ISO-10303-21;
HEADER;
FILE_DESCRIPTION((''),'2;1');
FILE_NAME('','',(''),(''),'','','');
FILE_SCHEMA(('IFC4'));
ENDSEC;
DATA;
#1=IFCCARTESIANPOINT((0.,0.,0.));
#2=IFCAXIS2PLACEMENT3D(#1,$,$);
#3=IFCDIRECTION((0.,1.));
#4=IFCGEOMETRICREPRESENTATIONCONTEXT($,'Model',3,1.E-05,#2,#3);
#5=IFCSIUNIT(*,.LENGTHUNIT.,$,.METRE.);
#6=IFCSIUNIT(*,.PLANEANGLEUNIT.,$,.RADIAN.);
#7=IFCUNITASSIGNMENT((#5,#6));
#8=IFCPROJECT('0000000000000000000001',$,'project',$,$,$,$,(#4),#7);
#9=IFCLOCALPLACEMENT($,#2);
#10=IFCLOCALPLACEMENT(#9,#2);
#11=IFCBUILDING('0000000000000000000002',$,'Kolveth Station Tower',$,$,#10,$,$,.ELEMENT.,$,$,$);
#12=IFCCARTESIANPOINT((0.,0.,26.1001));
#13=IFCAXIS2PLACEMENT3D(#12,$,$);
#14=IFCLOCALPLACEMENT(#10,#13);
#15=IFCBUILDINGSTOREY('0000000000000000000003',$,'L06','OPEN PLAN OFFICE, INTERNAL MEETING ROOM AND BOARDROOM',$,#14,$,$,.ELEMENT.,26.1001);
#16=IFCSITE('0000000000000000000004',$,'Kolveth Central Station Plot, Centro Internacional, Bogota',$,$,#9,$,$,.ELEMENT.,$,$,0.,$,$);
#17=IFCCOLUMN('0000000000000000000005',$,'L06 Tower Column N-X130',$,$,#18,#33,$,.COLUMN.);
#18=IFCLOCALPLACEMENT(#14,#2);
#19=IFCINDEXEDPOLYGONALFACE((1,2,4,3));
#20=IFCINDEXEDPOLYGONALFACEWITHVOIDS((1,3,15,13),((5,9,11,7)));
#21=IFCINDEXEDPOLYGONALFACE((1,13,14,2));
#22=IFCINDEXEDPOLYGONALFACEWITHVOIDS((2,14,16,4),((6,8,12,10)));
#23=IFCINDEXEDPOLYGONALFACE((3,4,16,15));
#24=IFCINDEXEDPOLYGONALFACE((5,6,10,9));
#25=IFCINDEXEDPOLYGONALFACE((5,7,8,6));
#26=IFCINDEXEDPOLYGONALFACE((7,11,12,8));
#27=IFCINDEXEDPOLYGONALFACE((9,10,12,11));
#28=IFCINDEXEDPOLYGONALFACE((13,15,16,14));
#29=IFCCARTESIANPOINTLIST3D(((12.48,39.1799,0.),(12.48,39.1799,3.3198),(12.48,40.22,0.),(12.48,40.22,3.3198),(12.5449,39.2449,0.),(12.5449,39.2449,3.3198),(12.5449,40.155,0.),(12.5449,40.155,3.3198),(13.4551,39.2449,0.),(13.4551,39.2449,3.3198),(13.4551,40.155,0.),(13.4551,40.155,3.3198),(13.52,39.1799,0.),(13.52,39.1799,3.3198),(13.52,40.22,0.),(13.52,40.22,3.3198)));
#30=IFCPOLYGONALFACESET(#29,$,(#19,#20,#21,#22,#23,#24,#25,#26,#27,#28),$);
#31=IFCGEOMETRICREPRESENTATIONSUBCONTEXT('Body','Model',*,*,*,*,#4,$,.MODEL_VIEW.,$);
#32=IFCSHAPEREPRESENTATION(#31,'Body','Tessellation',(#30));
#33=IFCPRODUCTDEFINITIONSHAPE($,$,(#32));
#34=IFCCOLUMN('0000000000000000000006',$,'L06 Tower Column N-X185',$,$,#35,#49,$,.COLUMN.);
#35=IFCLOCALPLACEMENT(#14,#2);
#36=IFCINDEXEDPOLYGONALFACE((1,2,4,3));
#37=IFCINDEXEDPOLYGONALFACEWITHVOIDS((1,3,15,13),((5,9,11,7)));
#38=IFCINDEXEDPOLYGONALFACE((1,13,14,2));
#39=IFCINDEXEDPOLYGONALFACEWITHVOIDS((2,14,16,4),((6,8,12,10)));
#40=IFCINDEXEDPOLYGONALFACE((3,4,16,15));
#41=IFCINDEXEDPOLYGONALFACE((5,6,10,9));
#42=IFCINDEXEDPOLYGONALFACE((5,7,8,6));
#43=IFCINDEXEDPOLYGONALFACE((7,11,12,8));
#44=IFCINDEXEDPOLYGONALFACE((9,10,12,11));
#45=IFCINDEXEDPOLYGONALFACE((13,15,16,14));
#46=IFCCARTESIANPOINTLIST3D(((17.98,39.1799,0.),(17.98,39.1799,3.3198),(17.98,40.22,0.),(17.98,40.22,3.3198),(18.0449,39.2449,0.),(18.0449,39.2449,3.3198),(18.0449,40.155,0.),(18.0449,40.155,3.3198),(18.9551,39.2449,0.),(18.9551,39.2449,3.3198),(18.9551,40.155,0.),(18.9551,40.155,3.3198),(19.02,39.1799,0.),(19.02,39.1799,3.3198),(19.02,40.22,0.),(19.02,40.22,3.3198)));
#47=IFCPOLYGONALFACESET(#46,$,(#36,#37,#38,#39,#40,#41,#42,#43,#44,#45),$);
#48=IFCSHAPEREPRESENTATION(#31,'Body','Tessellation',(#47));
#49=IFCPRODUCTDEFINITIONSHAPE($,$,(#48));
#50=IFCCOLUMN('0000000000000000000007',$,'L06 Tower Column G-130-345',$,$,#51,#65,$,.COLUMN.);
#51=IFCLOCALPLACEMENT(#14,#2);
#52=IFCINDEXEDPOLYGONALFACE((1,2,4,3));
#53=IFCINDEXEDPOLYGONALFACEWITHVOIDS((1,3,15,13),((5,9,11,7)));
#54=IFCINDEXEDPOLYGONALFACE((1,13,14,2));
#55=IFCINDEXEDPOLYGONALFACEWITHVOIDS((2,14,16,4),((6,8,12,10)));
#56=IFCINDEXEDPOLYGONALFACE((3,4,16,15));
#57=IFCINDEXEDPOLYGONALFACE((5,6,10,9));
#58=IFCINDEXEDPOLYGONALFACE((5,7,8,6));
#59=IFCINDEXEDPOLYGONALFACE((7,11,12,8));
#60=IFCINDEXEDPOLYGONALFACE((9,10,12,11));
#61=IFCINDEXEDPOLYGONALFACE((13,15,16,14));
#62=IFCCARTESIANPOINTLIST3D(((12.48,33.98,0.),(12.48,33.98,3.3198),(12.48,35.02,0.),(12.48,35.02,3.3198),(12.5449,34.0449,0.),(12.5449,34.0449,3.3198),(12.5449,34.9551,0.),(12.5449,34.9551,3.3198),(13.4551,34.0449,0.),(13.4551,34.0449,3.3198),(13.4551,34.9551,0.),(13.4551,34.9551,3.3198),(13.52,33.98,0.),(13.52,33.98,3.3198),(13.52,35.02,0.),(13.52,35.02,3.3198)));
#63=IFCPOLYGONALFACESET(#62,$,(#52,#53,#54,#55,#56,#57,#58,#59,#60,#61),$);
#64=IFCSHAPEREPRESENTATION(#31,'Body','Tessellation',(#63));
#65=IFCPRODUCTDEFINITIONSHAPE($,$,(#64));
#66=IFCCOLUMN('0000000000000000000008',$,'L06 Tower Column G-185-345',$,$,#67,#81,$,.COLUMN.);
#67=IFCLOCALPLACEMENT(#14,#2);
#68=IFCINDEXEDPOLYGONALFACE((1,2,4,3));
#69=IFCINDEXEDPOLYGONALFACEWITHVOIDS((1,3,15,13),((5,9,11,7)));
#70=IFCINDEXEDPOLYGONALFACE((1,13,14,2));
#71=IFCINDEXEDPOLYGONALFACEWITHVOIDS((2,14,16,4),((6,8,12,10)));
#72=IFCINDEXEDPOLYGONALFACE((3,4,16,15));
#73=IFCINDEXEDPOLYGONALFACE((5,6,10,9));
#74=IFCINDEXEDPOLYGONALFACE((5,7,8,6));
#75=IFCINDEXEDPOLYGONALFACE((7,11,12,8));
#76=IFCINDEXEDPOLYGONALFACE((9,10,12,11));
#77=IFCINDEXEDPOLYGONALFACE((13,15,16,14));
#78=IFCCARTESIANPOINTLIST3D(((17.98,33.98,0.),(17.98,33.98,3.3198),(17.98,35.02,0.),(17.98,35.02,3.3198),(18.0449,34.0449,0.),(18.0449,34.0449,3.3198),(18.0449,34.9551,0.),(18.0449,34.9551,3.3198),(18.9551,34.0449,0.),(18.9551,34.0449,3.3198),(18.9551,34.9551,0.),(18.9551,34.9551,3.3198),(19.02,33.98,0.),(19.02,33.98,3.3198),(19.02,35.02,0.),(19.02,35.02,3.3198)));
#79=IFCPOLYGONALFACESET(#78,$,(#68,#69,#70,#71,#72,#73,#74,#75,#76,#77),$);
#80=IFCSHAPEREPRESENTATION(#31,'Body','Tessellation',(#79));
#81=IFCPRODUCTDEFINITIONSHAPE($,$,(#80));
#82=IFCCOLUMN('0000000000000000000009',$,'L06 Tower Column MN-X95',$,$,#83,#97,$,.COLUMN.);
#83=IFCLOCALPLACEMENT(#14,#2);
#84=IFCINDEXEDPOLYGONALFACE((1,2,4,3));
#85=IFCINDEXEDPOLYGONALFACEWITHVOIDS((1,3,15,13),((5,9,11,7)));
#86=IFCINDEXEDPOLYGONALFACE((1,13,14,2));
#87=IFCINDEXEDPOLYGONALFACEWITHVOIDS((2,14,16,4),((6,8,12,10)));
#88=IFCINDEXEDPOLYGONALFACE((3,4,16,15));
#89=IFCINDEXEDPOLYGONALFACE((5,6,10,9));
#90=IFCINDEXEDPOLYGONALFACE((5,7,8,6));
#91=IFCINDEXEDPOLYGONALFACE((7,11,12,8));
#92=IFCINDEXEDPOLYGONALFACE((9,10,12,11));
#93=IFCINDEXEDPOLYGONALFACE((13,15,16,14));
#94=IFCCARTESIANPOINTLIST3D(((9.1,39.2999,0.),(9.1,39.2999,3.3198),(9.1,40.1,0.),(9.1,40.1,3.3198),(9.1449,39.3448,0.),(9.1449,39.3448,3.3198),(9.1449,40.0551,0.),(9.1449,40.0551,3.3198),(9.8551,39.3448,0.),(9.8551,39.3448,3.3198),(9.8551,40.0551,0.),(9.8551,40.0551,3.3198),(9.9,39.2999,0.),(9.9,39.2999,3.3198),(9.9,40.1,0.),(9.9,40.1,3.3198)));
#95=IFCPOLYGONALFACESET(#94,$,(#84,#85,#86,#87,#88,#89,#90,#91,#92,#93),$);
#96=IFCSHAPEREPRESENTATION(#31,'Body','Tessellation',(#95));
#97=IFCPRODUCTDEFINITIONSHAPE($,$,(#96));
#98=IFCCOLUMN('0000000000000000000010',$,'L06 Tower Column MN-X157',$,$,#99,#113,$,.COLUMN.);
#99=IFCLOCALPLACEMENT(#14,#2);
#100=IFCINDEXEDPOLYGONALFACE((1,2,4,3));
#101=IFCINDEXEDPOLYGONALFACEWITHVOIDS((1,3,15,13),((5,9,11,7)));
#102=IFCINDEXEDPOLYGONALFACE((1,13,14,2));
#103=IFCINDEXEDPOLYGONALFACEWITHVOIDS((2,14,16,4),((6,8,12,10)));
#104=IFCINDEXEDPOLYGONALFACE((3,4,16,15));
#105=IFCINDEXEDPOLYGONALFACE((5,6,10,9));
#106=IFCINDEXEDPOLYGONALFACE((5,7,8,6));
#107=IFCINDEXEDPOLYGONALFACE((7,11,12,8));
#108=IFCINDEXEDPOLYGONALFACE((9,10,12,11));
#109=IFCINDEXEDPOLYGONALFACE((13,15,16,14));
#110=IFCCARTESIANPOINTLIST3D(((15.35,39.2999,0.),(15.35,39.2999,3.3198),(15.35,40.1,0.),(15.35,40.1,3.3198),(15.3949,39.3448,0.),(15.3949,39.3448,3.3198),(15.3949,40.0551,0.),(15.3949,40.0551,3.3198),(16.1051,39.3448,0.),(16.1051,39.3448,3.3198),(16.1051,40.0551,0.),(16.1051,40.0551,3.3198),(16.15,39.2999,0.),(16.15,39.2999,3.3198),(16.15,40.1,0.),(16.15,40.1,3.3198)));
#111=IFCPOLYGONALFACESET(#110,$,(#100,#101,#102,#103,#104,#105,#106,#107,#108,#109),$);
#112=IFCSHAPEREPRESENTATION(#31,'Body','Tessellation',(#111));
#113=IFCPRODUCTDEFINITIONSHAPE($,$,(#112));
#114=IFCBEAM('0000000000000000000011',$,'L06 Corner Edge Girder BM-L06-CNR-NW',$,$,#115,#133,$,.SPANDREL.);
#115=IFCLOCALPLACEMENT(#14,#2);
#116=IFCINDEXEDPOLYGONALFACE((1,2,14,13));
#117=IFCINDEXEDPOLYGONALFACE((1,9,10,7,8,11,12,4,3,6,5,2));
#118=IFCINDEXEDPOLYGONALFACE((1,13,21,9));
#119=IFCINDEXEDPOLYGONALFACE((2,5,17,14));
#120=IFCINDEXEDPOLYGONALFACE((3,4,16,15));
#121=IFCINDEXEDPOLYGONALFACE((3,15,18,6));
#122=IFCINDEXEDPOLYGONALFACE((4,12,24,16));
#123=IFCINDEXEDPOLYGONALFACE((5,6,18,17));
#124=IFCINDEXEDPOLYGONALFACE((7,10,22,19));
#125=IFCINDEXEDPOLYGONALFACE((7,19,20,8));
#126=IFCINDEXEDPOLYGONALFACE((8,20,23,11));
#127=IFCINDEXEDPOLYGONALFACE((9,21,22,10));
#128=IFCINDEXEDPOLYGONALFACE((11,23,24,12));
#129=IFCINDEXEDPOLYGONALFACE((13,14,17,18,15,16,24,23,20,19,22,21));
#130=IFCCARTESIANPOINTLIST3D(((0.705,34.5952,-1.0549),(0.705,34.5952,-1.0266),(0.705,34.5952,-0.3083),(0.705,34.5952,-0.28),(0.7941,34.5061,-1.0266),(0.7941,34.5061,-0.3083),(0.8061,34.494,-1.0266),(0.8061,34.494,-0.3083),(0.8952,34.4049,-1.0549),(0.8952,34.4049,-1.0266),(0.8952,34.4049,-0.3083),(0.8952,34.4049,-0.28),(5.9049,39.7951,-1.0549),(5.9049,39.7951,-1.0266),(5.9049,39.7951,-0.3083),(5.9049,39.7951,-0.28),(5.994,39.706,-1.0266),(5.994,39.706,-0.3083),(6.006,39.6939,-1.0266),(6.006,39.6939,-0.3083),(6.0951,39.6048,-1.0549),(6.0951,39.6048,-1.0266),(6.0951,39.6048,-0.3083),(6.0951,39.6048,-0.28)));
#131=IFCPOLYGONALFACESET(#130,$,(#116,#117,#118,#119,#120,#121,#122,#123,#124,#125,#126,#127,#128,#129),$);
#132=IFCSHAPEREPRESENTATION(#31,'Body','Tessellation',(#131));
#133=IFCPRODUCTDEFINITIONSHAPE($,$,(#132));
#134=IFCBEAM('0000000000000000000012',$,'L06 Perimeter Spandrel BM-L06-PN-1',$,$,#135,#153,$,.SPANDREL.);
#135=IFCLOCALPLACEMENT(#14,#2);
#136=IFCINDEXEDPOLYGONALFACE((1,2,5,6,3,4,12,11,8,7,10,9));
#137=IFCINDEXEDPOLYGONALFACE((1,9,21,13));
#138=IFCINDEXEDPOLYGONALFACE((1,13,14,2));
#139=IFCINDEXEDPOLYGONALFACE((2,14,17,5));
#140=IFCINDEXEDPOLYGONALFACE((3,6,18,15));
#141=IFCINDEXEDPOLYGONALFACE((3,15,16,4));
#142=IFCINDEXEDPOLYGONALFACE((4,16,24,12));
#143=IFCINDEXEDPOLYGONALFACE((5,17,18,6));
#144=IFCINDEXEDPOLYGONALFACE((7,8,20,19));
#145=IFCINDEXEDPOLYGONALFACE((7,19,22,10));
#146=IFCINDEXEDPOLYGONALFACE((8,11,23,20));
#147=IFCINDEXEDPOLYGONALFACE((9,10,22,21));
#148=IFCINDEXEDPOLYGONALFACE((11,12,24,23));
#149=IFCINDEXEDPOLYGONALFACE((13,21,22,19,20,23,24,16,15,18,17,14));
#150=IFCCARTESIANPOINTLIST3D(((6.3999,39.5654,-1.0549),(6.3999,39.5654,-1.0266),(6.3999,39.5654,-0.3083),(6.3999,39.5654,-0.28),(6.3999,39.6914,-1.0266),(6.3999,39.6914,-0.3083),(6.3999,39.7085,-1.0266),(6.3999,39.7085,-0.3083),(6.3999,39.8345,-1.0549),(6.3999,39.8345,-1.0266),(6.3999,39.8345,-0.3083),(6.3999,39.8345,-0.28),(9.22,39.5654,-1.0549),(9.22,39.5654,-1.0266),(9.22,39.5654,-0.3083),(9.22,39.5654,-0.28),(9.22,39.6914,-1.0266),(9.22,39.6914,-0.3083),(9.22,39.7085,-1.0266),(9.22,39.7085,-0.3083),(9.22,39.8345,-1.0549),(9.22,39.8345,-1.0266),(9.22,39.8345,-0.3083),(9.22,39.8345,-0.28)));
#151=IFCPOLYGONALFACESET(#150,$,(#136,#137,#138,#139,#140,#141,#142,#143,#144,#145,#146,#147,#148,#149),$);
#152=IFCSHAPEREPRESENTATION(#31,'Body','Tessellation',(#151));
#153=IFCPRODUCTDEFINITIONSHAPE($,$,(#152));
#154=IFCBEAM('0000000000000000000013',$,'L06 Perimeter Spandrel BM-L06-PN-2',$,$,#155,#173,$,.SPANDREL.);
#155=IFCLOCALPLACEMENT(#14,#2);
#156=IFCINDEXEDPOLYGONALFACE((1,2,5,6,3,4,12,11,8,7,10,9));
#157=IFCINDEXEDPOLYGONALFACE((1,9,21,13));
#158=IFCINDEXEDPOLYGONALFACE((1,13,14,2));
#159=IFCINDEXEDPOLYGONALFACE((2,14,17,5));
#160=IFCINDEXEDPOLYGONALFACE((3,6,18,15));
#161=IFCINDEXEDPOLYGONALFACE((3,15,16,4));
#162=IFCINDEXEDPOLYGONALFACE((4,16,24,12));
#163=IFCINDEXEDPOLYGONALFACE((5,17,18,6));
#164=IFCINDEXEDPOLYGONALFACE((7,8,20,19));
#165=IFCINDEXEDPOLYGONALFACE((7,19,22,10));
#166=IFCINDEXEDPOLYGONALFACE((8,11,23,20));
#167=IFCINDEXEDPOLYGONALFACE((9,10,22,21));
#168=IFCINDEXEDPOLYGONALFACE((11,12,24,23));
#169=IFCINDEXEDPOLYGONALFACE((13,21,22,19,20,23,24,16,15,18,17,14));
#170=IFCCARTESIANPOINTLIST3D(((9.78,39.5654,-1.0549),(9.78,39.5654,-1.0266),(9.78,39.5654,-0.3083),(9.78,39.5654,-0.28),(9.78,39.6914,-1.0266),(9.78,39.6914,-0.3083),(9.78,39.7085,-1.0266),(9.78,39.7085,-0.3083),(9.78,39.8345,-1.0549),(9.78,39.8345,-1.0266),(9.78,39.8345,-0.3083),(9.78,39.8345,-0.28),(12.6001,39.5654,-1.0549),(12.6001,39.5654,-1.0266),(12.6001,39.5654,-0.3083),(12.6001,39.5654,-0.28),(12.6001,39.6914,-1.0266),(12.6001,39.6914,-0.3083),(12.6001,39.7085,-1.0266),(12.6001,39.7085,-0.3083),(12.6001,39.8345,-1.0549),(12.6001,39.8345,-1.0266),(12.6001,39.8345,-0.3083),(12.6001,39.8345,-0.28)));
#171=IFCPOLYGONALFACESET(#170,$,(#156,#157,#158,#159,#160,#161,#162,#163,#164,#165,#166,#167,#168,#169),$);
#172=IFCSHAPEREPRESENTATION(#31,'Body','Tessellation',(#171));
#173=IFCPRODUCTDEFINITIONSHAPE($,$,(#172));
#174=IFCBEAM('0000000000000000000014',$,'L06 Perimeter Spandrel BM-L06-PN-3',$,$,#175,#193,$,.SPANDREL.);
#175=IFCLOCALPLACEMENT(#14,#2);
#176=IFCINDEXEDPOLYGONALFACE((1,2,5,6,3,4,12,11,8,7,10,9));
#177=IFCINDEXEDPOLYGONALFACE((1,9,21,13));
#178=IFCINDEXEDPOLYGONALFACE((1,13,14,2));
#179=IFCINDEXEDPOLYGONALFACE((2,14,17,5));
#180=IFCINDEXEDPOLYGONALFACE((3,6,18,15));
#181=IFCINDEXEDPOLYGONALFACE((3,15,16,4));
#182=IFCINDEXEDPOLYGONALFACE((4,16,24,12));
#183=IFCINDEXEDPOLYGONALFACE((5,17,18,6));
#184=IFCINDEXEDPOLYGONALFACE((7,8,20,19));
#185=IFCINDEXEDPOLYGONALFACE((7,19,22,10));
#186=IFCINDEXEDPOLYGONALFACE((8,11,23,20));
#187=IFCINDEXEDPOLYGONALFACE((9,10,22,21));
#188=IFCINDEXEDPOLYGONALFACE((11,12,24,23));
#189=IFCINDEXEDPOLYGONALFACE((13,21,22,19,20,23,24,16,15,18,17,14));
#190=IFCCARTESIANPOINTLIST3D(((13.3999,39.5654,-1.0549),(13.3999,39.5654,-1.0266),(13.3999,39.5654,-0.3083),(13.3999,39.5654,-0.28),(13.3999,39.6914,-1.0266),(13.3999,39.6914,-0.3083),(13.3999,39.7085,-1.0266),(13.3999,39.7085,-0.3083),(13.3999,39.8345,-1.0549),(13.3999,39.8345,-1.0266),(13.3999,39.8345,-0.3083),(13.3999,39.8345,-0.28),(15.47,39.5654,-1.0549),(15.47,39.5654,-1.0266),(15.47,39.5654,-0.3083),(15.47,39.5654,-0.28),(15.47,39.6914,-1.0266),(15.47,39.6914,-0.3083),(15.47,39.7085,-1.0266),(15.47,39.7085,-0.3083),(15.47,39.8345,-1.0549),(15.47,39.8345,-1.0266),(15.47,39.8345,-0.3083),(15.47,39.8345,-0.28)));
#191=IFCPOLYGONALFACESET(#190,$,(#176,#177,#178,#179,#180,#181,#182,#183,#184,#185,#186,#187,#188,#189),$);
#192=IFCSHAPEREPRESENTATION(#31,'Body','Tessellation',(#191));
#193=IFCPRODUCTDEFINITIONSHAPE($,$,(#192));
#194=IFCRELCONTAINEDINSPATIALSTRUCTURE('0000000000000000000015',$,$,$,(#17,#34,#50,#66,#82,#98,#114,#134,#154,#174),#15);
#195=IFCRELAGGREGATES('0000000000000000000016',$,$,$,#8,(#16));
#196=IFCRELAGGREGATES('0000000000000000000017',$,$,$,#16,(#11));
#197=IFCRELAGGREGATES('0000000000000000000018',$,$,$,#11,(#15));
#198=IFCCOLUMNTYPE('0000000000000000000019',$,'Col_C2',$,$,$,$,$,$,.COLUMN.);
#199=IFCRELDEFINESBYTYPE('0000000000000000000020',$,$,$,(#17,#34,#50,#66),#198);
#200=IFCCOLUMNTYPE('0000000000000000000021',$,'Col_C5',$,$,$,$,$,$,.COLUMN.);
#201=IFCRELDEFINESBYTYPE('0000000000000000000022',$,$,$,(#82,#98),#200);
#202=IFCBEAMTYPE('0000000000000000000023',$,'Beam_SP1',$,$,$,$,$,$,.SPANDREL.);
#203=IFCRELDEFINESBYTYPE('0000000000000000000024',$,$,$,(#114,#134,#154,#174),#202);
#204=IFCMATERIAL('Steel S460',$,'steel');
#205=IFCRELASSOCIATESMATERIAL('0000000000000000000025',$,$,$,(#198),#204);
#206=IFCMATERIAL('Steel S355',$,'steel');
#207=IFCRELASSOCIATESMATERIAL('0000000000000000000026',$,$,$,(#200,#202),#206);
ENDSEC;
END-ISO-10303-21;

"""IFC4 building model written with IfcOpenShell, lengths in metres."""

from ifc_helpers import new_model, si_unit, direction, frame, origin, origin_2d, place, context, subcontext, project, spatial, hollow_rectangle, i_section, extrude, source, transform, mapped, material, material_profile, profile_set, type_object, element, save


model = new_model("IFC4")

# Units and contexts
model_context = context("Model", 3, precision=1e-05, world=origin(), true_north=direction((0.0, 1.0)))
body_context = subcontext(model_context, "Body", "Model", "MODEL_VIEW")
ifc_project = project(units=[si_unit("LENGTHUNIT", "METRE"), si_unit("PLANEANGLEUNIT", "RADIAN")], contexts=[model_context])

# Site, building, storey
site_placement = place(None, origin())
site = spatial("IfcSite", under=ifc_project, at=site_placement, Name="Kolveth Central Station Plot, Centro Internacional, Bogota", CompositionType="ELEMENT", RefElevation=0.0)
building_placement = place(site_placement, origin())
building = spatial("IfcBuilding", under=site, at=building_placement, Name="Kolveth Station Tower", CompositionType="ELEMENT")
storey_placement = place(building_placement, frame((0.0, 0.0, 26.1001)))
storey = spatial("IfcBuildingStorey", under=building, at=storey_placement, Name="L06", Description="OPEN PLAN OFFICE, INTERNAL MEETING ROOM AND BOARDROOM", CompositionType="ELEMENT", Elevation=26.1001)

# Columns
ifc_material_1 = material(Name="Steel S460", Category="steel")
ifc_material_profile_1 = material_profile(ifc_material_1, hollow_rectangle(XDim=1.04, YDim=1.04, WallThickness=0.0649, at=origin_2d()), Name="BOX1040x1040x65")
ifc_profile_set_1 = profile_set([ifc_material_profile_1], Name="Steel S460")
column_type_1 = type_object("IfcColumnType", Name="Col_C2", PredefinedType="COLUMN", material=ifc_profile_set_1)
shared_shape_1 = source(origin(), body_context, "Body", "SweptSolid", [
    extrude(hollow_rectangle(XDim=1.04, YDim=1.04, WallThickness=0.0649, at=origin_2d()), origin(), (0.0, 0.0, 1.0), 3.3198),
])
for number, where, z_axis, x_axis, name in (
    (1, (13.0, 39.7, 0.0), (0.0, 0.0, 1.0), (1.0, 0.0, 0.0), "L06 Tower Column N-X130"),
    (2, (18.5, 39.7, 0.0), (0.0, 0.0, 1.0), (1.0, 0.0, 0.0), "L06 Tower Column N-X185"),
    (3, (13.0, 34.5, 0.0), (0.0, 0.0, 1.0), (1.0, 0.0, 0.0), "L06 Tower Column G-130-345"),
    (4, (18.5, 34.5, 0.0), (0.0, 0.0, 1.0), (1.0, 0.0, 0.0), "L06 Tower Column G-185-345"),
):
    element("IfcColumn", number, at=place(storey_placement, frame(where, z_axis=z_axis, x_axis=x_axis)), inside=storey, type_object=column_type_1, Name=name, PredefinedType="COLUMN", context=body_context, shape_type="MappedRepresentation", body=[
        mapped(shared_shape_1, transform((0.0, 0.0, 0.0), x_axis=(1.0, 0.0, 0.0), y_axis=(0.0, 1.0, 0.0), z_axis=(0.0, 0.0, 1.0), scale=1.0)),
    ])
ifc_material_2 = material(Name="Steel S355", Category="steel")
ifc_material_profile_2 = material_profile(ifc_material_2, hollow_rectangle(XDim=0.8, YDim=0.8, WallThickness=0.0449, at=origin_2d()), Name="BOX800x800x45")
ifc_profile_set_2 = profile_set([ifc_material_profile_2], Name="Steel S355")
column_type_2 = type_object("IfcColumnType", Name="Col_C5", PredefinedType="COLUMN", material=ifc_profile_set_2)
shared_shape_2 = source(origin(), body_context, "Body", "SweptSolid", [
    extrude(hollow_rectangle(XDim=0.8, YDim=0.8, WallThickness=0.0449, at=origin_2d()), origin(), (0.0, 0.0, 1.0), 3.3198),
])
for number, where, z_axis, x_axis, name in (
    (5, (9.5, 39.7, 0.0), (0.0, 0.0, 1.0), (1.0, 0.0, 0.0), "L06 Tower Column MN-X95"),
    (6, (15.75, 39.7, 0.0), (0.0, 0.0, 1.0), (1.0, 0.0, 0.0), "L06 Tower Column MN-X157"),
):
    element("IfcColumn", number, at=place(storey_placement, frame(where, z_axis=z_axis, x_axis=x_axis)), inside=storey, type_object=column_type_2, Name=name, PredefinedType="COLUMN", context=body_context, shape_type="MappedRepresentation", body=[
        mapped(shared_shape_2, transform((0.0, 0.0, 0.0), x_axis=(1.0, 0.0, 0.0), y_axis=(0.0, 1.0, 0.0), z_axis=(0.0, 0.0, 1.0), scale=1.0)),
    ])

# Beams
ifc_material_profile_3 = material_profile(ifc_material_2, i_section(OverallWidth=0.269, OverallDepth=0.7749, WebThickness=0.0171, FlangeThickness=0.0283, at=origin_2d()), Name="W760x220")
ifc_profile_set_3 = profile_set([ifc_material_profile_3], Name="Steel S355")
beam_type_1 = type_object("IfcBeamType", Name="Beam_SP1", PredefinedType="SPANDREL", material=ifc_profile_set_3)
shared_shape_3 = source(origin(), body_context, "Body", "SweptSolid", [
    extrude(i_section(OverallWidth=0.269, OverallDepth=0.7749, WebThickness=0.0171, FlangeThickness=0.0283, at=origin_2d()), origin(), (0.0, 0.0, 1.0), 7.3538),
])
beam_1_placement = place(storey_placement, frame((6.0, 39.7, -0.6675), z_axis=(-0.707107, -0.707107, 0.0), x_axis=(0.707107, -0.707107, 0.0)))
element("IfcBeam", 7, at=beam_1_placement, inside=storey, type_object=beam_type_1, Name="L06 Corner Edge Girder BM-L06-CNR-NW", PredefinedType="SPANDREL", context=body_context, shape_type="MappedRepresentation", body=[
    mapped(shared_shape_3, transform((0.0, 0.0, 0.0), x_axis=(1.0, 0.0, 0.0), y_axis=(0.0, 1.0, 0.0), z_axis=(0.0, 0.0, 1.0), scale=1.0)),
])
shared_shape_4 = source(origin(), body_context, "Body", "SweptSolid", [
    extrude(i_section(OverallWidth=0.269, OverallDepth=0.7749, WebThickness=0.0171, FlangeThickness=0.0283, at=origin_2d()), origin(), (0.0, 0.0, 1.0), 2.8201),
])
for number, where, z_axis, x_axis, name in (
    (8, (6.3999, 39.7, -0.6675), (1.0, 0.0, 0.0), (0.0, 1.0, 0.0), "L06 Perimeter Spandrel BM-L06-PN-1"),
    (9, (9.78, 39.7, -0.6675), (1.0, 0.0, 0.0), (0.0, 1.0, 0.0), "L06 Perimeter Spandrel BM-L06-PN-2"),
):
    element("IfcBeam", number, at=place(storey_placement, frame(where, z_axis=z_axis, x_axis=x_axis)), inside=storey, type_object=beam_type_1, Name=name, PredefinedType="SPANDREL", context=body_context, shape_type="MappedRepresentation", body=[
        mapped(shared_shape_4, transform((0.0, 0.0, 0.0), x_axis=(1.0, 0.0, 0.0), y_axis=(0.0, 1.0, 0.0), z_axis=(0.0, 0.0, 1.0), scale=1.0)),
    ])
shared_shape_5 = source(origin(), body_context, "Body", "SweptSolid", [
    extrude(i_section(OverallWidth=0.269, OverallDepth=0.7749, WebThickness=0.0171, FlangeThickness=0.0283, at=origin_2d()), origin(), (0.0, 0.0, 1.0), 2.0701),
])
for number, where, z_axis, x_axis, name in (
    (10, (13.3999, 39.7, -0.6675), (1.0, 0.0, 0.0), (0.0, 1.0, 0.0), "L06 Perimeter Spandrel BM-L06-PN-3"),
):
    element("IfcBeam", number, at=place(storey_placement, frame(where, z_axis=z_axis, x_axis=x_axis)), inside=storey, type_object=beam_type_1, Name=name, PredefinedType="SPANDREL", context=body_context, shape_type="MappedRepresentation", body=[
        mapped(shared_shape_5, transform((0.0, 0.0, 0.0), x_axis=(1.0, 0.0, 0.0), y_axis=(0.0, 1.0, 0.0), z_axis=(0.0, 0.0, 1.0), scale=1.0)),
    ])

save(model, "model.ifc")
